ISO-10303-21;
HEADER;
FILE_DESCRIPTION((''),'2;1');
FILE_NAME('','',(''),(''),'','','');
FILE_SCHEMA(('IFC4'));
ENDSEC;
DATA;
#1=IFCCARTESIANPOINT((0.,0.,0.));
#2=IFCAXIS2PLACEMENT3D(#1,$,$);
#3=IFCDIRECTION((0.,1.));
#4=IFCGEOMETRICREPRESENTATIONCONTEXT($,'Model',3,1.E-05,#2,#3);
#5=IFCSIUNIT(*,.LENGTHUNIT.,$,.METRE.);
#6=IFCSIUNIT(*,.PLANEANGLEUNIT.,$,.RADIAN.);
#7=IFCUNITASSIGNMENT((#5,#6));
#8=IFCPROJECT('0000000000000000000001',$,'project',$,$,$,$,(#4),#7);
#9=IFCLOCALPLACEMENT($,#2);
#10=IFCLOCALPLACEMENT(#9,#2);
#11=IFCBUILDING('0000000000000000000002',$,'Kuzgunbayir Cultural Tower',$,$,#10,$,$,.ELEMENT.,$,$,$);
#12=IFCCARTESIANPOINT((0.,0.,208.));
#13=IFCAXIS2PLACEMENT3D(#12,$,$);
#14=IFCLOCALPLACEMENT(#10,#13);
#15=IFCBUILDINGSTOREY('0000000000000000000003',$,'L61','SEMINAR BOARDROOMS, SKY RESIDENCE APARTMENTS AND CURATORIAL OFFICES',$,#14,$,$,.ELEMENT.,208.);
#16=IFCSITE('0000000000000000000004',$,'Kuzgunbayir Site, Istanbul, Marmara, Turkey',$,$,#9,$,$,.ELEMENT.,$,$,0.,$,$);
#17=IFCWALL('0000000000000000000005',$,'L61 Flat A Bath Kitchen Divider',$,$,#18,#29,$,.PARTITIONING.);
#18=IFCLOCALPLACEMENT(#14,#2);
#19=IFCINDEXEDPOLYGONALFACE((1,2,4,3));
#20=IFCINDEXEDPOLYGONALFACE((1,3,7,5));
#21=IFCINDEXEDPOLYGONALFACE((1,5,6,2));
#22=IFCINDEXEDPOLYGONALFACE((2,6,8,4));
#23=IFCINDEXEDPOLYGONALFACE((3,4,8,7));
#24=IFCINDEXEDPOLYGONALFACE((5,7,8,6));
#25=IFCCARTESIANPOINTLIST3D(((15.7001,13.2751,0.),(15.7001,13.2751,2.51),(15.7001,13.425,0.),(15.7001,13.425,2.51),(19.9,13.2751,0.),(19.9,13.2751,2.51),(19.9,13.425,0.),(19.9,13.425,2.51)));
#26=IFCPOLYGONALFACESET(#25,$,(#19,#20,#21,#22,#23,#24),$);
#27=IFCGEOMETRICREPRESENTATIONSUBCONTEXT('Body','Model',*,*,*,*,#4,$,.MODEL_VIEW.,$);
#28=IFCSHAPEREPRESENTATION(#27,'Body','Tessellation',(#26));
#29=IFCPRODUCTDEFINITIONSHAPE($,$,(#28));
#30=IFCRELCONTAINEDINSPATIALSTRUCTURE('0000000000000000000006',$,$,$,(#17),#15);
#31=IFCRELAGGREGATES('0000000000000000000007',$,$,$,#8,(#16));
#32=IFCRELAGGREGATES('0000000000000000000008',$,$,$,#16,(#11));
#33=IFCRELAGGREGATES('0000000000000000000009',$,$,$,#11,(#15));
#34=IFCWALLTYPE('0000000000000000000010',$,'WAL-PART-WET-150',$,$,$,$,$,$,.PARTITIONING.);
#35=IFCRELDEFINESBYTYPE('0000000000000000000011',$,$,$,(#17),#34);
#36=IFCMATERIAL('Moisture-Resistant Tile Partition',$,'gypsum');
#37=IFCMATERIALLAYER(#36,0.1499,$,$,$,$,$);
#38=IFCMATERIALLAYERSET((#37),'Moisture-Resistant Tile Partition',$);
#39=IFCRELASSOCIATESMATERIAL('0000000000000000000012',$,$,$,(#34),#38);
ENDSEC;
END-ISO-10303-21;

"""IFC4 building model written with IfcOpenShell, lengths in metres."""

from ifc_helpers import new_model, si_unit, direction, frame, frame_2d, origin, place, context, subcontext, project, spatial, rectangle, extrude, material, layer, layer_set, type_object, element, save


model = new_model("IFC4")

# Units and contexts
model_context = context("Model", 3, precision=1e-05, world=origin(), true_north=direction((0.0, 1.0)))
body_context = subcontext(model_context, "Body", "Model", "MODEL_VIEW")
ifc_project = project(units=[si_unit("LENGTHUNIT", "METRE"), si_unit("PLANEANGLEUNIT", "RADIAN")], contexts=[model_context])

# Site, building, storey
site_placement = place(None, origin())
site = spatial("IfcSite", under=ifc_project, at=site_placement, Name="Kuzgunbayir Site, Istanbul, Marmara, Turkey", CompositionType="ELEMENT", RefElevation=0.0)
building_placement = place(site_placement, origin())
building = spatial("IfcBuilding", under=site, at=building_placement, Name="Kuzgunbayir Cultural Tower", CompositionType="ELEMENT")
storey_placement = place(building_placement, frame((0.0, 0.0, 208.0)))
storey = spatial("IfcBuildingStorey", under=building, at=storey_placement, Name="L61", Description="SEMINAR BOARDROOMS, SKY RESIDENCE APARTMENTS AND CURATORIAL OFFICES", CompositionType="ELEMENT", Elevation=208.0)

# Shared definitions
ifc_material_1 = material(Name="Moisture-Resistant Tile Partition", Category="gypsum")
ifc_layer_1 = layer(ifc_material_1, 0.1499)
ifc_layer_set_1 = layer_set([ifc_layer_1], Name="Moisture-Resistant Tile Partition")
wall_type_1 = type_object("IfcWallType", Name="WAL-PART-WET-150", PredefinedType="PARTITIONING", material=ifc_layer_set_1)

# Wall
wall_1_placement = place(storey_placement, frame((15.7, 13.3501, 0.0), z_axis=(0.0, 0.0, 1.0), x_axis=(1.0, 0.0, 0.0)))
element("IfcWall", 1, at=wall_1_placement, inside=storey, type_object=wall_type_1, Name="L61 Flat A Bath Kitchen Divider", PredefinedType="PARTITIONING", context=body_context, shape_type="SweptSolid", body=[
    extrude(rectangle(XDim=4.2, YDim=0.1499, at=frame_2d((2.1001, 0.0))), origin(), (0.0, 0.0, 1.0), 2.51),
])

save(model, "model.ifc")
